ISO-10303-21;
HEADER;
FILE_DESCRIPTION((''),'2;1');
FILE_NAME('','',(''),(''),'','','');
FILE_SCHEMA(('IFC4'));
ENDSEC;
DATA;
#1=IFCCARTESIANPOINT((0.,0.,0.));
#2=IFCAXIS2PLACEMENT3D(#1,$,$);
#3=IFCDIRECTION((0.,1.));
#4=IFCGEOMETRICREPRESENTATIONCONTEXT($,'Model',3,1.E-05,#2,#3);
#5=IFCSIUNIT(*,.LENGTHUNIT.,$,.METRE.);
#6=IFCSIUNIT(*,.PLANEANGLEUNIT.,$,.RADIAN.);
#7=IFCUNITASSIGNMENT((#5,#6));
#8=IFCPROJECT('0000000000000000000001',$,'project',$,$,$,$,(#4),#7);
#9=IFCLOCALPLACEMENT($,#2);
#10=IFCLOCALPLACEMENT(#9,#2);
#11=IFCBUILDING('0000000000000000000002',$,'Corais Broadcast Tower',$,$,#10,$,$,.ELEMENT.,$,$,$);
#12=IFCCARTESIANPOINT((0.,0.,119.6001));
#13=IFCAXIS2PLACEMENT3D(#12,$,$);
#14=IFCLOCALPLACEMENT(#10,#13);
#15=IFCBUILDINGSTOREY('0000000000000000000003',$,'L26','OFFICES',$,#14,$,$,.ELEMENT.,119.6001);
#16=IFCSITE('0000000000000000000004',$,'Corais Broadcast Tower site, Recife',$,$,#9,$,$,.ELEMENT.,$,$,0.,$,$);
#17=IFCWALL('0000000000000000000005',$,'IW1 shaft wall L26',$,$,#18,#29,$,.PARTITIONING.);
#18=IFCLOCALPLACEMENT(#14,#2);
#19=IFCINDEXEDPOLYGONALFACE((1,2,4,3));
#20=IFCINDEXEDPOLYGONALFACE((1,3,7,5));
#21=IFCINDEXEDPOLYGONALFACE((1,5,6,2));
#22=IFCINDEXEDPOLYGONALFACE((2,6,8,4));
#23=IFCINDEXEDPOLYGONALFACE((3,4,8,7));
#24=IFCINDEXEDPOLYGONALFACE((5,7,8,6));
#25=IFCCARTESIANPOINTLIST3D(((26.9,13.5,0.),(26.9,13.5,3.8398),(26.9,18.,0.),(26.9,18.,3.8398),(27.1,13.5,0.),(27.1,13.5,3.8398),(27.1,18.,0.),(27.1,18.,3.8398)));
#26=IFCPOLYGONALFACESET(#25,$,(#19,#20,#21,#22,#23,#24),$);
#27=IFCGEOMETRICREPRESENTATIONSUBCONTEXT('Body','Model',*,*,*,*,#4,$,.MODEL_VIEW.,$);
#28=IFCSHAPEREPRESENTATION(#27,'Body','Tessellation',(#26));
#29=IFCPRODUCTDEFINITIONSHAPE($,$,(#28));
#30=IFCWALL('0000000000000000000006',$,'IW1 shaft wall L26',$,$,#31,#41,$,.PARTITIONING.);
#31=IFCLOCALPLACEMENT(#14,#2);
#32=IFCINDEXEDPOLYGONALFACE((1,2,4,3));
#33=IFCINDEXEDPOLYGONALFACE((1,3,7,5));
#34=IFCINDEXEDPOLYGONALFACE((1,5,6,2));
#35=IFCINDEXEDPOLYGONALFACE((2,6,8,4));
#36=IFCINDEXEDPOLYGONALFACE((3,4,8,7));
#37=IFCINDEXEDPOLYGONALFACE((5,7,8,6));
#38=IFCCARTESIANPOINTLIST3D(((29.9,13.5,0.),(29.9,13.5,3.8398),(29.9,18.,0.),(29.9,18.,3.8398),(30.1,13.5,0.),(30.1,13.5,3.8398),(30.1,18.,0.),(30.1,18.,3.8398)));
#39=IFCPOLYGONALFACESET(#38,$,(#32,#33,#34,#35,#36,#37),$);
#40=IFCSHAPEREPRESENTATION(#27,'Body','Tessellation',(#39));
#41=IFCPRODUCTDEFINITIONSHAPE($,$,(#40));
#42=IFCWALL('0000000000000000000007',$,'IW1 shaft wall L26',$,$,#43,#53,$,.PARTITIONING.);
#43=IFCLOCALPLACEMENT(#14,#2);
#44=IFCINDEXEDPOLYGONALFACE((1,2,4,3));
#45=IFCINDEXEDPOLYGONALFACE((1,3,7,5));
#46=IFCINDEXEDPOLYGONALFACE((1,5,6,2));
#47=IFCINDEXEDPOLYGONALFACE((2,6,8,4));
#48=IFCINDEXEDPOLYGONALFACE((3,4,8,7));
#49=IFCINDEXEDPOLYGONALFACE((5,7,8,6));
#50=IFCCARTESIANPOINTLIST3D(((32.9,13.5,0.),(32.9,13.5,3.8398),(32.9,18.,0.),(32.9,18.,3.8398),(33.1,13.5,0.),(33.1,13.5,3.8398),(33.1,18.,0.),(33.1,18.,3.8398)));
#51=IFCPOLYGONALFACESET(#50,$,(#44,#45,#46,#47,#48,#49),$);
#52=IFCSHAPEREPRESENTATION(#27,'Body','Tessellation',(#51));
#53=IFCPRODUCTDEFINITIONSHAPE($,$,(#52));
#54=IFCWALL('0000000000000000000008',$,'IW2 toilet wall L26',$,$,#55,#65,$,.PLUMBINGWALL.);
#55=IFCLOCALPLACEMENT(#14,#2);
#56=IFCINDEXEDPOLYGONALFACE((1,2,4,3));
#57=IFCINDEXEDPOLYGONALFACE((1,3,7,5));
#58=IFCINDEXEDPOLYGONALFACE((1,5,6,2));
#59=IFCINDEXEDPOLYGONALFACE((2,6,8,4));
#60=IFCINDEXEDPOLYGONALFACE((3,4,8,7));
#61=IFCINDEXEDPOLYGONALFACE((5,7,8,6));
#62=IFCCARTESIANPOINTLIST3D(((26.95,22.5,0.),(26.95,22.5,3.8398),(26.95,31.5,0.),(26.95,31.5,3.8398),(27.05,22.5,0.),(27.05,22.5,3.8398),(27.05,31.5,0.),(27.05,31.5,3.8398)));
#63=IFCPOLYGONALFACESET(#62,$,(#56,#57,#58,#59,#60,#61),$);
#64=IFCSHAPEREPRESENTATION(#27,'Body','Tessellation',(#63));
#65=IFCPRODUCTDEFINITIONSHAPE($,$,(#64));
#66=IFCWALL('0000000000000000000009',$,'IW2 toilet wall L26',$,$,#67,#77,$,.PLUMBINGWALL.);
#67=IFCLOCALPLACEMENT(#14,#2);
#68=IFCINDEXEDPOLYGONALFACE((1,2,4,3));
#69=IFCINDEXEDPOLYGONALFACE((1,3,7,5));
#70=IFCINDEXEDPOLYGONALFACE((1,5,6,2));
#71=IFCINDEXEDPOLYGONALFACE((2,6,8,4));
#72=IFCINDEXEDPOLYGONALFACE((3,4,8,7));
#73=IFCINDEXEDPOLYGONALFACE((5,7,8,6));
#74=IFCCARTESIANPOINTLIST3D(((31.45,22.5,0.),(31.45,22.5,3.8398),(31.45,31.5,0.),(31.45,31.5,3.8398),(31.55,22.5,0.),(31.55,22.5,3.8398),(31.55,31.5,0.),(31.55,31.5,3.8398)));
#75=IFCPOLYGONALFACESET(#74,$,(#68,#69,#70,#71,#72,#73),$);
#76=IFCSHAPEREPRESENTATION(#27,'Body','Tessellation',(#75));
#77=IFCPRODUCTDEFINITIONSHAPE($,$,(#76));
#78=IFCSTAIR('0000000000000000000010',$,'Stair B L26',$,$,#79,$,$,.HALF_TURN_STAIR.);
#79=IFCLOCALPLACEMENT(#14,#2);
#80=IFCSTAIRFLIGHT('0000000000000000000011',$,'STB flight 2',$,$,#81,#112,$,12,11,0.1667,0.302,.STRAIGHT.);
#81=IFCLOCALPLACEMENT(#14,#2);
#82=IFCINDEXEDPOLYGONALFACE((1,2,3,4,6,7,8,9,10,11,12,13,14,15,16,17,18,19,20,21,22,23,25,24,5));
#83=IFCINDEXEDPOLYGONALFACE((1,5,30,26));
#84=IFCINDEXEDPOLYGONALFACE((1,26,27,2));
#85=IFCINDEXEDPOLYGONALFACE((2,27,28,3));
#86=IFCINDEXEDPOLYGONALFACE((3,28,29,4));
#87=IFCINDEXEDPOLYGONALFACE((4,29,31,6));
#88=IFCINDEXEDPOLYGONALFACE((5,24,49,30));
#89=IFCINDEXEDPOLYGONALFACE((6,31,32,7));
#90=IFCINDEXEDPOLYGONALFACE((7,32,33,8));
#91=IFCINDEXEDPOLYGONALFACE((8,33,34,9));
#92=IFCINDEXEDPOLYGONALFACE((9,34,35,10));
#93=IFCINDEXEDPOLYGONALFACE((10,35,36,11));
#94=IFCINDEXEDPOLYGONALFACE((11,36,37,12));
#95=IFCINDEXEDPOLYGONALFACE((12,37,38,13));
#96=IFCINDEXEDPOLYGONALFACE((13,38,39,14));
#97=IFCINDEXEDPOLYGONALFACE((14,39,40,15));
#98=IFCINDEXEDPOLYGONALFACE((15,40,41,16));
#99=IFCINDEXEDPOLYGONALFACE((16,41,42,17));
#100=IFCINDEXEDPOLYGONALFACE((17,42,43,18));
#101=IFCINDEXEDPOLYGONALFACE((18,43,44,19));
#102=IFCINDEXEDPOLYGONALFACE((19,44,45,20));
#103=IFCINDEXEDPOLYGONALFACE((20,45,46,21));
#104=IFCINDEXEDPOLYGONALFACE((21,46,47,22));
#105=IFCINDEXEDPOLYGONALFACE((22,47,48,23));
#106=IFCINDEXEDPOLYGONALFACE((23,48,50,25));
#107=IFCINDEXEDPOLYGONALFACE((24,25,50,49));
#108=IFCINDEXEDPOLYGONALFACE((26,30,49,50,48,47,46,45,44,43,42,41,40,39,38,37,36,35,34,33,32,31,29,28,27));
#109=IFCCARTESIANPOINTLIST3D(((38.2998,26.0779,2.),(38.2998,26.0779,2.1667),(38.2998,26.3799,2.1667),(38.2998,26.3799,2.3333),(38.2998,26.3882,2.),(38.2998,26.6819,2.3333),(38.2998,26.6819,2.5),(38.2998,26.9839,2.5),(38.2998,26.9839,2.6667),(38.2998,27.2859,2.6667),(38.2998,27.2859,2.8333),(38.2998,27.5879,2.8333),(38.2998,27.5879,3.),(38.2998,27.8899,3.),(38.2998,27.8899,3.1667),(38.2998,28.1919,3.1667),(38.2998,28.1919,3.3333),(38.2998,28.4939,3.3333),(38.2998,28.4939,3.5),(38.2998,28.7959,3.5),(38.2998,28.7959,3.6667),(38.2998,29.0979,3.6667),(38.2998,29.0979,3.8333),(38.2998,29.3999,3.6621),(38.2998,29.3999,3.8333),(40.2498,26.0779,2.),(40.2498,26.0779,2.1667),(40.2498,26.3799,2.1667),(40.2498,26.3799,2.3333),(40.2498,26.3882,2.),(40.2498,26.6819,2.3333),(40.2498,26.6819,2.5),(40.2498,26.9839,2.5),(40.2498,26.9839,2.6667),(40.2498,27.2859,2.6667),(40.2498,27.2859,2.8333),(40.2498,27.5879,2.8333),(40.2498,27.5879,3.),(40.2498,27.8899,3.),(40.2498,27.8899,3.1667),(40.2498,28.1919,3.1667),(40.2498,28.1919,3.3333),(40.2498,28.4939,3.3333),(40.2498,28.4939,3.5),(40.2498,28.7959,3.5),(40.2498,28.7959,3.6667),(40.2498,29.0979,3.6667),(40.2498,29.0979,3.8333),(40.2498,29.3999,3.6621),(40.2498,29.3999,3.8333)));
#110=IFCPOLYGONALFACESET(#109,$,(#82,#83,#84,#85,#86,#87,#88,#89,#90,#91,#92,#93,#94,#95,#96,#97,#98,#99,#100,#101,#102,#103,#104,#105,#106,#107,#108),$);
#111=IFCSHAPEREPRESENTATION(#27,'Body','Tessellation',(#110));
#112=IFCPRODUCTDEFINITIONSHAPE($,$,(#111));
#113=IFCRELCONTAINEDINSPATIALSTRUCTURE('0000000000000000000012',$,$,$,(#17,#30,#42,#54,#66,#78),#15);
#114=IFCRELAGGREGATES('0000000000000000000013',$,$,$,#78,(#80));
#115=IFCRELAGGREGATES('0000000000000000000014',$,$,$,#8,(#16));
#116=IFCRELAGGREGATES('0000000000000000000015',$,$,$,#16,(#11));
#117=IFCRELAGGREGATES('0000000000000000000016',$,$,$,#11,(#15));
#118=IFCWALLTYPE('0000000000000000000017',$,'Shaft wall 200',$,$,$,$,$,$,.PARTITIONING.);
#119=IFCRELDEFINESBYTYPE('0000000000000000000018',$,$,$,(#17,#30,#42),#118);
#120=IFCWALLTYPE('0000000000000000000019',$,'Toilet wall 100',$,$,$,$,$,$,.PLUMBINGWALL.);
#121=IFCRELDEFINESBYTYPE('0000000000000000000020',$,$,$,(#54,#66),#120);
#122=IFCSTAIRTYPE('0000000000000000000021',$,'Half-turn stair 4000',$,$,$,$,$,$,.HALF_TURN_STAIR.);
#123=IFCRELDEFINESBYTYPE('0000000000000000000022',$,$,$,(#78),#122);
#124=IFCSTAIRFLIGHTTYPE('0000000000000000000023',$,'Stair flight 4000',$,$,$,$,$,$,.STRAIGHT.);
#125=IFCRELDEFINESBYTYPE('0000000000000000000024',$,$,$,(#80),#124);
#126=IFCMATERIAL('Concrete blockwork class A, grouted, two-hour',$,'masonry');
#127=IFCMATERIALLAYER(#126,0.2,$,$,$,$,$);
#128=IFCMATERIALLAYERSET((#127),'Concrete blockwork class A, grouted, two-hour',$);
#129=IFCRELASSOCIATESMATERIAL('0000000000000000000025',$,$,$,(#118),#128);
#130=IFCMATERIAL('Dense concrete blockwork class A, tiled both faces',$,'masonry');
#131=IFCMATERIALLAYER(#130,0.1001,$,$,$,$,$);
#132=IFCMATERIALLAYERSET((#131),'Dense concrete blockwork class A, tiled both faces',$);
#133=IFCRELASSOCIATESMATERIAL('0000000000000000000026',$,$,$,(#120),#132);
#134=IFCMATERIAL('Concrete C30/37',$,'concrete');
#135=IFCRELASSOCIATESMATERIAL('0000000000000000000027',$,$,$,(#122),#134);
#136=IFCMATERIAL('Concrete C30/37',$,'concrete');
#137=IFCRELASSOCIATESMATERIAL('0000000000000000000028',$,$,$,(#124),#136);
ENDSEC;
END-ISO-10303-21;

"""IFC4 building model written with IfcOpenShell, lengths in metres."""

from ifc_helpers import new_model, si_unit, direction, frame, frame_2d, origin, place, context, subcontext, project, spatial, polyline, rectangle, outline, extrude, material, layer, layer_set, type_object, element, aggregate, save


model = new_model("IFC4")

# Units and contexts
model_context = context("Model", 3, precision=1e-05, world=origin(), true_north=direction((0.0, 1.0)))
body_context = subcontext(model_context, "Body", "Model", "MODEL_VIEW")
ifc_project = project(units=[si_unit("LENGTHUNIT", "METRE"), si_unit("PLANEANGLEUNIT", "RADIAN")], contexts=[model_context])

# Site, building, storey
site_placement = place(None, origin())
site = spatial("IfcSite", under=ifc_project, at=site_placement, Name="Corais Broadcast Tower site, Recife", CompositionType="ELEMENT", RefElevation=0.0)
building_placement = place(site_placement, origin())
building = spatial("IfcBuilding", under=site, at=building_placement, Name="Corais Broadcast Tower", CompositionType="ELEMENT")
storey_placement = place(building_placement, frame((0.0, 0.0, 119.6001)))
storey = spatial("IfcBuildingStorey", under=building, at=storey_placement, Name="L26", Description="OFFICES", CompositionType="ELEMENT", Elevation=119.6001)

# Walls
ifc_material_1 = material(Name="Concrete blockwork class A, grouted, two-hour", Category="masonry")
ifc_layer_1 = layer(ifc_material_1, 0.2)
ifc_layer_set_1 = layer_set([ifc_layer_1], Name="Concrete blockwork class A, grouted, two-hour")
wall_type_1 = type_object("IfcWallType", Name="Shaft wall 200", PredefinedType="PARTITIONING", material=ifc_layer_set_1)
for number, where, z_axis, x_axis, name in (
    (1, (27.0, 13.5, 0.0), (0.0, 0.0, 1.0), (0.0, 1.0, 0.0), "IW1 shaft wall L26"),
    (2, (30.0, 13.5, 0.0), (0.0, 0.0, 1.0), (0.0, 1.0, 0.0), "IW1 shaft wall L26"),
    (3, (33.0, 13.5, 0.0), (0.0, 0.0, 1.0), (0.0, 1.0, 0.0), "IW1 shaft wall L26"),
):
    element("IfcWall", number, at=place(storey_placement, frame(where, z_axis=z_axis, x_axis=x_axis)), inside=storey, type_object=wall_type_1, Name=name, PredefinedType="PARTITIONING", context=body_context, shape_type="SweptSolid", body=[
        extrude(rectangle(XDim=4.5, YDim=0.2, at=frame_2d((2.25, 0.0))), origin(), (0.0, 0.0, 1.0), 3.8398),
    ])
ifc_material_2 = material(Name="Dense concrete blockwork class A, tiled both faces", Category="masonry")
ifc_layer_2 = layer(ifc_material_2, 0.1001)
ifc_layer_set_2 = layer_set([ifc_layer_2], Name="Dense concrete blockwork class A, tiled both faces")
wall_type_2 = type_object("IfcWallType", Name="Toilet wall 100", PredefinedType="PLUMBINGWALL", material=ifc_layer_set_2)
for number, where, z_axis, x_axis, name in (
    (4, (27.0, 22.5, 0.0), (0.0, 0.0, 1.0), (0.0, 1.0, 0.0), "IW2 toilet wall L26"),
    (5, (31.5, 22.5, 0.0), (0.0, 0.0, 1.0), (0.0, 1.0, 0.0), "IW2 toilet wall L26"),
):
    element("IfcWall", number, at=place(storey_placement, frame(where, z_axis=z_axis, x_axis=x_axis)), inside=storey, type_object=wall_type_2, Name=name, PredefinedType="PLUMBINGWALL", context=body_context, shape_type="SweptSolid", body=[
        extrude(rectangle(XDim=9.0, YDim=0.1001, at=frame_2d((4.5, 0.0))), origin(), (0.0, 0.0, 1.0), 3.8398),
    ])

# Stair, stair flight
ifc_material_3 = material(Name="Concrete C30/37", Category="concrete")
stair_type = type_object("IfcStairType", Name="Half-turn stair 4000", PredefinedType="HALF_TURN_STAIR", material=ifc_material_3)
stair_placement = place(storey_placement, origin())
stair = element("IfcStair", 6, at=stair_placement, inside=storey, type_object=stair_type, Name="Stair B L26", PredefinedType="HALF_TURN_STAIR")
ifc_material_4 = material(Name="Concrete C30/37", Category="concrete")
stair_flight_type = type_object("IfcStairFlightType", Name="Stair flight 4000", PredefinedType="STRAIGHT", material=ifc_material_4)
stair_flight_placement = place(storey_placement, frame((39.2749, 26.0779, 2.0), z_axis=(0.0, 0.0, 1.0), x_axis=(0.0, 1.0, 0.0)))
stair_flight = element("IfcStairFlight", 7, at=stair_flight_placement, type_object=stair_flight_type, Name="STB flight 2", NumberOfRisers=12, NumberOfTreads=11, PredefinedType="STRAIGHT", RiserHeight=0.1667, TreadLength=0.302, context=body_context, shape_type="SweptSolid", body=[
    extrude(outline(polyline([(0.0, 0.0), (0.0, 0.1667), (0.302, 0.1667), (0.302, 0.3333), (0.604, 0.3333), (0.604, 0.5), (0.906, 0.5), (0.906, 0.6667), (1.208, 0.6667), (1.208, 0.8333), (1.51, 0.8333), (1.51, 1.0), (1.812, 1.0), (1.812, 1.1667), (2.114, 1.1667), (2.114, 1.3333), (2.416, 1.3333), (2.416, 1.5), (2.718, 1.5), (2.718, 1.6667), (3.02, 1.6667), (3.02, 1.8333), (3.322, 1.8333), (3.322, 2.0), (3.322, 1.6621), (0.3103, 0.0), (0.0, 0.0)])), frame((0.0, 0.9751, 0.0), z_axis=(0.0, -1.0, 0.0), x_axis=(1.0, 0.0, 0.0)), (0.0, 0.0, 1.0), 1.95),
])
aggregate(stair, [stair_flight])

save(model, "model.ifc")
